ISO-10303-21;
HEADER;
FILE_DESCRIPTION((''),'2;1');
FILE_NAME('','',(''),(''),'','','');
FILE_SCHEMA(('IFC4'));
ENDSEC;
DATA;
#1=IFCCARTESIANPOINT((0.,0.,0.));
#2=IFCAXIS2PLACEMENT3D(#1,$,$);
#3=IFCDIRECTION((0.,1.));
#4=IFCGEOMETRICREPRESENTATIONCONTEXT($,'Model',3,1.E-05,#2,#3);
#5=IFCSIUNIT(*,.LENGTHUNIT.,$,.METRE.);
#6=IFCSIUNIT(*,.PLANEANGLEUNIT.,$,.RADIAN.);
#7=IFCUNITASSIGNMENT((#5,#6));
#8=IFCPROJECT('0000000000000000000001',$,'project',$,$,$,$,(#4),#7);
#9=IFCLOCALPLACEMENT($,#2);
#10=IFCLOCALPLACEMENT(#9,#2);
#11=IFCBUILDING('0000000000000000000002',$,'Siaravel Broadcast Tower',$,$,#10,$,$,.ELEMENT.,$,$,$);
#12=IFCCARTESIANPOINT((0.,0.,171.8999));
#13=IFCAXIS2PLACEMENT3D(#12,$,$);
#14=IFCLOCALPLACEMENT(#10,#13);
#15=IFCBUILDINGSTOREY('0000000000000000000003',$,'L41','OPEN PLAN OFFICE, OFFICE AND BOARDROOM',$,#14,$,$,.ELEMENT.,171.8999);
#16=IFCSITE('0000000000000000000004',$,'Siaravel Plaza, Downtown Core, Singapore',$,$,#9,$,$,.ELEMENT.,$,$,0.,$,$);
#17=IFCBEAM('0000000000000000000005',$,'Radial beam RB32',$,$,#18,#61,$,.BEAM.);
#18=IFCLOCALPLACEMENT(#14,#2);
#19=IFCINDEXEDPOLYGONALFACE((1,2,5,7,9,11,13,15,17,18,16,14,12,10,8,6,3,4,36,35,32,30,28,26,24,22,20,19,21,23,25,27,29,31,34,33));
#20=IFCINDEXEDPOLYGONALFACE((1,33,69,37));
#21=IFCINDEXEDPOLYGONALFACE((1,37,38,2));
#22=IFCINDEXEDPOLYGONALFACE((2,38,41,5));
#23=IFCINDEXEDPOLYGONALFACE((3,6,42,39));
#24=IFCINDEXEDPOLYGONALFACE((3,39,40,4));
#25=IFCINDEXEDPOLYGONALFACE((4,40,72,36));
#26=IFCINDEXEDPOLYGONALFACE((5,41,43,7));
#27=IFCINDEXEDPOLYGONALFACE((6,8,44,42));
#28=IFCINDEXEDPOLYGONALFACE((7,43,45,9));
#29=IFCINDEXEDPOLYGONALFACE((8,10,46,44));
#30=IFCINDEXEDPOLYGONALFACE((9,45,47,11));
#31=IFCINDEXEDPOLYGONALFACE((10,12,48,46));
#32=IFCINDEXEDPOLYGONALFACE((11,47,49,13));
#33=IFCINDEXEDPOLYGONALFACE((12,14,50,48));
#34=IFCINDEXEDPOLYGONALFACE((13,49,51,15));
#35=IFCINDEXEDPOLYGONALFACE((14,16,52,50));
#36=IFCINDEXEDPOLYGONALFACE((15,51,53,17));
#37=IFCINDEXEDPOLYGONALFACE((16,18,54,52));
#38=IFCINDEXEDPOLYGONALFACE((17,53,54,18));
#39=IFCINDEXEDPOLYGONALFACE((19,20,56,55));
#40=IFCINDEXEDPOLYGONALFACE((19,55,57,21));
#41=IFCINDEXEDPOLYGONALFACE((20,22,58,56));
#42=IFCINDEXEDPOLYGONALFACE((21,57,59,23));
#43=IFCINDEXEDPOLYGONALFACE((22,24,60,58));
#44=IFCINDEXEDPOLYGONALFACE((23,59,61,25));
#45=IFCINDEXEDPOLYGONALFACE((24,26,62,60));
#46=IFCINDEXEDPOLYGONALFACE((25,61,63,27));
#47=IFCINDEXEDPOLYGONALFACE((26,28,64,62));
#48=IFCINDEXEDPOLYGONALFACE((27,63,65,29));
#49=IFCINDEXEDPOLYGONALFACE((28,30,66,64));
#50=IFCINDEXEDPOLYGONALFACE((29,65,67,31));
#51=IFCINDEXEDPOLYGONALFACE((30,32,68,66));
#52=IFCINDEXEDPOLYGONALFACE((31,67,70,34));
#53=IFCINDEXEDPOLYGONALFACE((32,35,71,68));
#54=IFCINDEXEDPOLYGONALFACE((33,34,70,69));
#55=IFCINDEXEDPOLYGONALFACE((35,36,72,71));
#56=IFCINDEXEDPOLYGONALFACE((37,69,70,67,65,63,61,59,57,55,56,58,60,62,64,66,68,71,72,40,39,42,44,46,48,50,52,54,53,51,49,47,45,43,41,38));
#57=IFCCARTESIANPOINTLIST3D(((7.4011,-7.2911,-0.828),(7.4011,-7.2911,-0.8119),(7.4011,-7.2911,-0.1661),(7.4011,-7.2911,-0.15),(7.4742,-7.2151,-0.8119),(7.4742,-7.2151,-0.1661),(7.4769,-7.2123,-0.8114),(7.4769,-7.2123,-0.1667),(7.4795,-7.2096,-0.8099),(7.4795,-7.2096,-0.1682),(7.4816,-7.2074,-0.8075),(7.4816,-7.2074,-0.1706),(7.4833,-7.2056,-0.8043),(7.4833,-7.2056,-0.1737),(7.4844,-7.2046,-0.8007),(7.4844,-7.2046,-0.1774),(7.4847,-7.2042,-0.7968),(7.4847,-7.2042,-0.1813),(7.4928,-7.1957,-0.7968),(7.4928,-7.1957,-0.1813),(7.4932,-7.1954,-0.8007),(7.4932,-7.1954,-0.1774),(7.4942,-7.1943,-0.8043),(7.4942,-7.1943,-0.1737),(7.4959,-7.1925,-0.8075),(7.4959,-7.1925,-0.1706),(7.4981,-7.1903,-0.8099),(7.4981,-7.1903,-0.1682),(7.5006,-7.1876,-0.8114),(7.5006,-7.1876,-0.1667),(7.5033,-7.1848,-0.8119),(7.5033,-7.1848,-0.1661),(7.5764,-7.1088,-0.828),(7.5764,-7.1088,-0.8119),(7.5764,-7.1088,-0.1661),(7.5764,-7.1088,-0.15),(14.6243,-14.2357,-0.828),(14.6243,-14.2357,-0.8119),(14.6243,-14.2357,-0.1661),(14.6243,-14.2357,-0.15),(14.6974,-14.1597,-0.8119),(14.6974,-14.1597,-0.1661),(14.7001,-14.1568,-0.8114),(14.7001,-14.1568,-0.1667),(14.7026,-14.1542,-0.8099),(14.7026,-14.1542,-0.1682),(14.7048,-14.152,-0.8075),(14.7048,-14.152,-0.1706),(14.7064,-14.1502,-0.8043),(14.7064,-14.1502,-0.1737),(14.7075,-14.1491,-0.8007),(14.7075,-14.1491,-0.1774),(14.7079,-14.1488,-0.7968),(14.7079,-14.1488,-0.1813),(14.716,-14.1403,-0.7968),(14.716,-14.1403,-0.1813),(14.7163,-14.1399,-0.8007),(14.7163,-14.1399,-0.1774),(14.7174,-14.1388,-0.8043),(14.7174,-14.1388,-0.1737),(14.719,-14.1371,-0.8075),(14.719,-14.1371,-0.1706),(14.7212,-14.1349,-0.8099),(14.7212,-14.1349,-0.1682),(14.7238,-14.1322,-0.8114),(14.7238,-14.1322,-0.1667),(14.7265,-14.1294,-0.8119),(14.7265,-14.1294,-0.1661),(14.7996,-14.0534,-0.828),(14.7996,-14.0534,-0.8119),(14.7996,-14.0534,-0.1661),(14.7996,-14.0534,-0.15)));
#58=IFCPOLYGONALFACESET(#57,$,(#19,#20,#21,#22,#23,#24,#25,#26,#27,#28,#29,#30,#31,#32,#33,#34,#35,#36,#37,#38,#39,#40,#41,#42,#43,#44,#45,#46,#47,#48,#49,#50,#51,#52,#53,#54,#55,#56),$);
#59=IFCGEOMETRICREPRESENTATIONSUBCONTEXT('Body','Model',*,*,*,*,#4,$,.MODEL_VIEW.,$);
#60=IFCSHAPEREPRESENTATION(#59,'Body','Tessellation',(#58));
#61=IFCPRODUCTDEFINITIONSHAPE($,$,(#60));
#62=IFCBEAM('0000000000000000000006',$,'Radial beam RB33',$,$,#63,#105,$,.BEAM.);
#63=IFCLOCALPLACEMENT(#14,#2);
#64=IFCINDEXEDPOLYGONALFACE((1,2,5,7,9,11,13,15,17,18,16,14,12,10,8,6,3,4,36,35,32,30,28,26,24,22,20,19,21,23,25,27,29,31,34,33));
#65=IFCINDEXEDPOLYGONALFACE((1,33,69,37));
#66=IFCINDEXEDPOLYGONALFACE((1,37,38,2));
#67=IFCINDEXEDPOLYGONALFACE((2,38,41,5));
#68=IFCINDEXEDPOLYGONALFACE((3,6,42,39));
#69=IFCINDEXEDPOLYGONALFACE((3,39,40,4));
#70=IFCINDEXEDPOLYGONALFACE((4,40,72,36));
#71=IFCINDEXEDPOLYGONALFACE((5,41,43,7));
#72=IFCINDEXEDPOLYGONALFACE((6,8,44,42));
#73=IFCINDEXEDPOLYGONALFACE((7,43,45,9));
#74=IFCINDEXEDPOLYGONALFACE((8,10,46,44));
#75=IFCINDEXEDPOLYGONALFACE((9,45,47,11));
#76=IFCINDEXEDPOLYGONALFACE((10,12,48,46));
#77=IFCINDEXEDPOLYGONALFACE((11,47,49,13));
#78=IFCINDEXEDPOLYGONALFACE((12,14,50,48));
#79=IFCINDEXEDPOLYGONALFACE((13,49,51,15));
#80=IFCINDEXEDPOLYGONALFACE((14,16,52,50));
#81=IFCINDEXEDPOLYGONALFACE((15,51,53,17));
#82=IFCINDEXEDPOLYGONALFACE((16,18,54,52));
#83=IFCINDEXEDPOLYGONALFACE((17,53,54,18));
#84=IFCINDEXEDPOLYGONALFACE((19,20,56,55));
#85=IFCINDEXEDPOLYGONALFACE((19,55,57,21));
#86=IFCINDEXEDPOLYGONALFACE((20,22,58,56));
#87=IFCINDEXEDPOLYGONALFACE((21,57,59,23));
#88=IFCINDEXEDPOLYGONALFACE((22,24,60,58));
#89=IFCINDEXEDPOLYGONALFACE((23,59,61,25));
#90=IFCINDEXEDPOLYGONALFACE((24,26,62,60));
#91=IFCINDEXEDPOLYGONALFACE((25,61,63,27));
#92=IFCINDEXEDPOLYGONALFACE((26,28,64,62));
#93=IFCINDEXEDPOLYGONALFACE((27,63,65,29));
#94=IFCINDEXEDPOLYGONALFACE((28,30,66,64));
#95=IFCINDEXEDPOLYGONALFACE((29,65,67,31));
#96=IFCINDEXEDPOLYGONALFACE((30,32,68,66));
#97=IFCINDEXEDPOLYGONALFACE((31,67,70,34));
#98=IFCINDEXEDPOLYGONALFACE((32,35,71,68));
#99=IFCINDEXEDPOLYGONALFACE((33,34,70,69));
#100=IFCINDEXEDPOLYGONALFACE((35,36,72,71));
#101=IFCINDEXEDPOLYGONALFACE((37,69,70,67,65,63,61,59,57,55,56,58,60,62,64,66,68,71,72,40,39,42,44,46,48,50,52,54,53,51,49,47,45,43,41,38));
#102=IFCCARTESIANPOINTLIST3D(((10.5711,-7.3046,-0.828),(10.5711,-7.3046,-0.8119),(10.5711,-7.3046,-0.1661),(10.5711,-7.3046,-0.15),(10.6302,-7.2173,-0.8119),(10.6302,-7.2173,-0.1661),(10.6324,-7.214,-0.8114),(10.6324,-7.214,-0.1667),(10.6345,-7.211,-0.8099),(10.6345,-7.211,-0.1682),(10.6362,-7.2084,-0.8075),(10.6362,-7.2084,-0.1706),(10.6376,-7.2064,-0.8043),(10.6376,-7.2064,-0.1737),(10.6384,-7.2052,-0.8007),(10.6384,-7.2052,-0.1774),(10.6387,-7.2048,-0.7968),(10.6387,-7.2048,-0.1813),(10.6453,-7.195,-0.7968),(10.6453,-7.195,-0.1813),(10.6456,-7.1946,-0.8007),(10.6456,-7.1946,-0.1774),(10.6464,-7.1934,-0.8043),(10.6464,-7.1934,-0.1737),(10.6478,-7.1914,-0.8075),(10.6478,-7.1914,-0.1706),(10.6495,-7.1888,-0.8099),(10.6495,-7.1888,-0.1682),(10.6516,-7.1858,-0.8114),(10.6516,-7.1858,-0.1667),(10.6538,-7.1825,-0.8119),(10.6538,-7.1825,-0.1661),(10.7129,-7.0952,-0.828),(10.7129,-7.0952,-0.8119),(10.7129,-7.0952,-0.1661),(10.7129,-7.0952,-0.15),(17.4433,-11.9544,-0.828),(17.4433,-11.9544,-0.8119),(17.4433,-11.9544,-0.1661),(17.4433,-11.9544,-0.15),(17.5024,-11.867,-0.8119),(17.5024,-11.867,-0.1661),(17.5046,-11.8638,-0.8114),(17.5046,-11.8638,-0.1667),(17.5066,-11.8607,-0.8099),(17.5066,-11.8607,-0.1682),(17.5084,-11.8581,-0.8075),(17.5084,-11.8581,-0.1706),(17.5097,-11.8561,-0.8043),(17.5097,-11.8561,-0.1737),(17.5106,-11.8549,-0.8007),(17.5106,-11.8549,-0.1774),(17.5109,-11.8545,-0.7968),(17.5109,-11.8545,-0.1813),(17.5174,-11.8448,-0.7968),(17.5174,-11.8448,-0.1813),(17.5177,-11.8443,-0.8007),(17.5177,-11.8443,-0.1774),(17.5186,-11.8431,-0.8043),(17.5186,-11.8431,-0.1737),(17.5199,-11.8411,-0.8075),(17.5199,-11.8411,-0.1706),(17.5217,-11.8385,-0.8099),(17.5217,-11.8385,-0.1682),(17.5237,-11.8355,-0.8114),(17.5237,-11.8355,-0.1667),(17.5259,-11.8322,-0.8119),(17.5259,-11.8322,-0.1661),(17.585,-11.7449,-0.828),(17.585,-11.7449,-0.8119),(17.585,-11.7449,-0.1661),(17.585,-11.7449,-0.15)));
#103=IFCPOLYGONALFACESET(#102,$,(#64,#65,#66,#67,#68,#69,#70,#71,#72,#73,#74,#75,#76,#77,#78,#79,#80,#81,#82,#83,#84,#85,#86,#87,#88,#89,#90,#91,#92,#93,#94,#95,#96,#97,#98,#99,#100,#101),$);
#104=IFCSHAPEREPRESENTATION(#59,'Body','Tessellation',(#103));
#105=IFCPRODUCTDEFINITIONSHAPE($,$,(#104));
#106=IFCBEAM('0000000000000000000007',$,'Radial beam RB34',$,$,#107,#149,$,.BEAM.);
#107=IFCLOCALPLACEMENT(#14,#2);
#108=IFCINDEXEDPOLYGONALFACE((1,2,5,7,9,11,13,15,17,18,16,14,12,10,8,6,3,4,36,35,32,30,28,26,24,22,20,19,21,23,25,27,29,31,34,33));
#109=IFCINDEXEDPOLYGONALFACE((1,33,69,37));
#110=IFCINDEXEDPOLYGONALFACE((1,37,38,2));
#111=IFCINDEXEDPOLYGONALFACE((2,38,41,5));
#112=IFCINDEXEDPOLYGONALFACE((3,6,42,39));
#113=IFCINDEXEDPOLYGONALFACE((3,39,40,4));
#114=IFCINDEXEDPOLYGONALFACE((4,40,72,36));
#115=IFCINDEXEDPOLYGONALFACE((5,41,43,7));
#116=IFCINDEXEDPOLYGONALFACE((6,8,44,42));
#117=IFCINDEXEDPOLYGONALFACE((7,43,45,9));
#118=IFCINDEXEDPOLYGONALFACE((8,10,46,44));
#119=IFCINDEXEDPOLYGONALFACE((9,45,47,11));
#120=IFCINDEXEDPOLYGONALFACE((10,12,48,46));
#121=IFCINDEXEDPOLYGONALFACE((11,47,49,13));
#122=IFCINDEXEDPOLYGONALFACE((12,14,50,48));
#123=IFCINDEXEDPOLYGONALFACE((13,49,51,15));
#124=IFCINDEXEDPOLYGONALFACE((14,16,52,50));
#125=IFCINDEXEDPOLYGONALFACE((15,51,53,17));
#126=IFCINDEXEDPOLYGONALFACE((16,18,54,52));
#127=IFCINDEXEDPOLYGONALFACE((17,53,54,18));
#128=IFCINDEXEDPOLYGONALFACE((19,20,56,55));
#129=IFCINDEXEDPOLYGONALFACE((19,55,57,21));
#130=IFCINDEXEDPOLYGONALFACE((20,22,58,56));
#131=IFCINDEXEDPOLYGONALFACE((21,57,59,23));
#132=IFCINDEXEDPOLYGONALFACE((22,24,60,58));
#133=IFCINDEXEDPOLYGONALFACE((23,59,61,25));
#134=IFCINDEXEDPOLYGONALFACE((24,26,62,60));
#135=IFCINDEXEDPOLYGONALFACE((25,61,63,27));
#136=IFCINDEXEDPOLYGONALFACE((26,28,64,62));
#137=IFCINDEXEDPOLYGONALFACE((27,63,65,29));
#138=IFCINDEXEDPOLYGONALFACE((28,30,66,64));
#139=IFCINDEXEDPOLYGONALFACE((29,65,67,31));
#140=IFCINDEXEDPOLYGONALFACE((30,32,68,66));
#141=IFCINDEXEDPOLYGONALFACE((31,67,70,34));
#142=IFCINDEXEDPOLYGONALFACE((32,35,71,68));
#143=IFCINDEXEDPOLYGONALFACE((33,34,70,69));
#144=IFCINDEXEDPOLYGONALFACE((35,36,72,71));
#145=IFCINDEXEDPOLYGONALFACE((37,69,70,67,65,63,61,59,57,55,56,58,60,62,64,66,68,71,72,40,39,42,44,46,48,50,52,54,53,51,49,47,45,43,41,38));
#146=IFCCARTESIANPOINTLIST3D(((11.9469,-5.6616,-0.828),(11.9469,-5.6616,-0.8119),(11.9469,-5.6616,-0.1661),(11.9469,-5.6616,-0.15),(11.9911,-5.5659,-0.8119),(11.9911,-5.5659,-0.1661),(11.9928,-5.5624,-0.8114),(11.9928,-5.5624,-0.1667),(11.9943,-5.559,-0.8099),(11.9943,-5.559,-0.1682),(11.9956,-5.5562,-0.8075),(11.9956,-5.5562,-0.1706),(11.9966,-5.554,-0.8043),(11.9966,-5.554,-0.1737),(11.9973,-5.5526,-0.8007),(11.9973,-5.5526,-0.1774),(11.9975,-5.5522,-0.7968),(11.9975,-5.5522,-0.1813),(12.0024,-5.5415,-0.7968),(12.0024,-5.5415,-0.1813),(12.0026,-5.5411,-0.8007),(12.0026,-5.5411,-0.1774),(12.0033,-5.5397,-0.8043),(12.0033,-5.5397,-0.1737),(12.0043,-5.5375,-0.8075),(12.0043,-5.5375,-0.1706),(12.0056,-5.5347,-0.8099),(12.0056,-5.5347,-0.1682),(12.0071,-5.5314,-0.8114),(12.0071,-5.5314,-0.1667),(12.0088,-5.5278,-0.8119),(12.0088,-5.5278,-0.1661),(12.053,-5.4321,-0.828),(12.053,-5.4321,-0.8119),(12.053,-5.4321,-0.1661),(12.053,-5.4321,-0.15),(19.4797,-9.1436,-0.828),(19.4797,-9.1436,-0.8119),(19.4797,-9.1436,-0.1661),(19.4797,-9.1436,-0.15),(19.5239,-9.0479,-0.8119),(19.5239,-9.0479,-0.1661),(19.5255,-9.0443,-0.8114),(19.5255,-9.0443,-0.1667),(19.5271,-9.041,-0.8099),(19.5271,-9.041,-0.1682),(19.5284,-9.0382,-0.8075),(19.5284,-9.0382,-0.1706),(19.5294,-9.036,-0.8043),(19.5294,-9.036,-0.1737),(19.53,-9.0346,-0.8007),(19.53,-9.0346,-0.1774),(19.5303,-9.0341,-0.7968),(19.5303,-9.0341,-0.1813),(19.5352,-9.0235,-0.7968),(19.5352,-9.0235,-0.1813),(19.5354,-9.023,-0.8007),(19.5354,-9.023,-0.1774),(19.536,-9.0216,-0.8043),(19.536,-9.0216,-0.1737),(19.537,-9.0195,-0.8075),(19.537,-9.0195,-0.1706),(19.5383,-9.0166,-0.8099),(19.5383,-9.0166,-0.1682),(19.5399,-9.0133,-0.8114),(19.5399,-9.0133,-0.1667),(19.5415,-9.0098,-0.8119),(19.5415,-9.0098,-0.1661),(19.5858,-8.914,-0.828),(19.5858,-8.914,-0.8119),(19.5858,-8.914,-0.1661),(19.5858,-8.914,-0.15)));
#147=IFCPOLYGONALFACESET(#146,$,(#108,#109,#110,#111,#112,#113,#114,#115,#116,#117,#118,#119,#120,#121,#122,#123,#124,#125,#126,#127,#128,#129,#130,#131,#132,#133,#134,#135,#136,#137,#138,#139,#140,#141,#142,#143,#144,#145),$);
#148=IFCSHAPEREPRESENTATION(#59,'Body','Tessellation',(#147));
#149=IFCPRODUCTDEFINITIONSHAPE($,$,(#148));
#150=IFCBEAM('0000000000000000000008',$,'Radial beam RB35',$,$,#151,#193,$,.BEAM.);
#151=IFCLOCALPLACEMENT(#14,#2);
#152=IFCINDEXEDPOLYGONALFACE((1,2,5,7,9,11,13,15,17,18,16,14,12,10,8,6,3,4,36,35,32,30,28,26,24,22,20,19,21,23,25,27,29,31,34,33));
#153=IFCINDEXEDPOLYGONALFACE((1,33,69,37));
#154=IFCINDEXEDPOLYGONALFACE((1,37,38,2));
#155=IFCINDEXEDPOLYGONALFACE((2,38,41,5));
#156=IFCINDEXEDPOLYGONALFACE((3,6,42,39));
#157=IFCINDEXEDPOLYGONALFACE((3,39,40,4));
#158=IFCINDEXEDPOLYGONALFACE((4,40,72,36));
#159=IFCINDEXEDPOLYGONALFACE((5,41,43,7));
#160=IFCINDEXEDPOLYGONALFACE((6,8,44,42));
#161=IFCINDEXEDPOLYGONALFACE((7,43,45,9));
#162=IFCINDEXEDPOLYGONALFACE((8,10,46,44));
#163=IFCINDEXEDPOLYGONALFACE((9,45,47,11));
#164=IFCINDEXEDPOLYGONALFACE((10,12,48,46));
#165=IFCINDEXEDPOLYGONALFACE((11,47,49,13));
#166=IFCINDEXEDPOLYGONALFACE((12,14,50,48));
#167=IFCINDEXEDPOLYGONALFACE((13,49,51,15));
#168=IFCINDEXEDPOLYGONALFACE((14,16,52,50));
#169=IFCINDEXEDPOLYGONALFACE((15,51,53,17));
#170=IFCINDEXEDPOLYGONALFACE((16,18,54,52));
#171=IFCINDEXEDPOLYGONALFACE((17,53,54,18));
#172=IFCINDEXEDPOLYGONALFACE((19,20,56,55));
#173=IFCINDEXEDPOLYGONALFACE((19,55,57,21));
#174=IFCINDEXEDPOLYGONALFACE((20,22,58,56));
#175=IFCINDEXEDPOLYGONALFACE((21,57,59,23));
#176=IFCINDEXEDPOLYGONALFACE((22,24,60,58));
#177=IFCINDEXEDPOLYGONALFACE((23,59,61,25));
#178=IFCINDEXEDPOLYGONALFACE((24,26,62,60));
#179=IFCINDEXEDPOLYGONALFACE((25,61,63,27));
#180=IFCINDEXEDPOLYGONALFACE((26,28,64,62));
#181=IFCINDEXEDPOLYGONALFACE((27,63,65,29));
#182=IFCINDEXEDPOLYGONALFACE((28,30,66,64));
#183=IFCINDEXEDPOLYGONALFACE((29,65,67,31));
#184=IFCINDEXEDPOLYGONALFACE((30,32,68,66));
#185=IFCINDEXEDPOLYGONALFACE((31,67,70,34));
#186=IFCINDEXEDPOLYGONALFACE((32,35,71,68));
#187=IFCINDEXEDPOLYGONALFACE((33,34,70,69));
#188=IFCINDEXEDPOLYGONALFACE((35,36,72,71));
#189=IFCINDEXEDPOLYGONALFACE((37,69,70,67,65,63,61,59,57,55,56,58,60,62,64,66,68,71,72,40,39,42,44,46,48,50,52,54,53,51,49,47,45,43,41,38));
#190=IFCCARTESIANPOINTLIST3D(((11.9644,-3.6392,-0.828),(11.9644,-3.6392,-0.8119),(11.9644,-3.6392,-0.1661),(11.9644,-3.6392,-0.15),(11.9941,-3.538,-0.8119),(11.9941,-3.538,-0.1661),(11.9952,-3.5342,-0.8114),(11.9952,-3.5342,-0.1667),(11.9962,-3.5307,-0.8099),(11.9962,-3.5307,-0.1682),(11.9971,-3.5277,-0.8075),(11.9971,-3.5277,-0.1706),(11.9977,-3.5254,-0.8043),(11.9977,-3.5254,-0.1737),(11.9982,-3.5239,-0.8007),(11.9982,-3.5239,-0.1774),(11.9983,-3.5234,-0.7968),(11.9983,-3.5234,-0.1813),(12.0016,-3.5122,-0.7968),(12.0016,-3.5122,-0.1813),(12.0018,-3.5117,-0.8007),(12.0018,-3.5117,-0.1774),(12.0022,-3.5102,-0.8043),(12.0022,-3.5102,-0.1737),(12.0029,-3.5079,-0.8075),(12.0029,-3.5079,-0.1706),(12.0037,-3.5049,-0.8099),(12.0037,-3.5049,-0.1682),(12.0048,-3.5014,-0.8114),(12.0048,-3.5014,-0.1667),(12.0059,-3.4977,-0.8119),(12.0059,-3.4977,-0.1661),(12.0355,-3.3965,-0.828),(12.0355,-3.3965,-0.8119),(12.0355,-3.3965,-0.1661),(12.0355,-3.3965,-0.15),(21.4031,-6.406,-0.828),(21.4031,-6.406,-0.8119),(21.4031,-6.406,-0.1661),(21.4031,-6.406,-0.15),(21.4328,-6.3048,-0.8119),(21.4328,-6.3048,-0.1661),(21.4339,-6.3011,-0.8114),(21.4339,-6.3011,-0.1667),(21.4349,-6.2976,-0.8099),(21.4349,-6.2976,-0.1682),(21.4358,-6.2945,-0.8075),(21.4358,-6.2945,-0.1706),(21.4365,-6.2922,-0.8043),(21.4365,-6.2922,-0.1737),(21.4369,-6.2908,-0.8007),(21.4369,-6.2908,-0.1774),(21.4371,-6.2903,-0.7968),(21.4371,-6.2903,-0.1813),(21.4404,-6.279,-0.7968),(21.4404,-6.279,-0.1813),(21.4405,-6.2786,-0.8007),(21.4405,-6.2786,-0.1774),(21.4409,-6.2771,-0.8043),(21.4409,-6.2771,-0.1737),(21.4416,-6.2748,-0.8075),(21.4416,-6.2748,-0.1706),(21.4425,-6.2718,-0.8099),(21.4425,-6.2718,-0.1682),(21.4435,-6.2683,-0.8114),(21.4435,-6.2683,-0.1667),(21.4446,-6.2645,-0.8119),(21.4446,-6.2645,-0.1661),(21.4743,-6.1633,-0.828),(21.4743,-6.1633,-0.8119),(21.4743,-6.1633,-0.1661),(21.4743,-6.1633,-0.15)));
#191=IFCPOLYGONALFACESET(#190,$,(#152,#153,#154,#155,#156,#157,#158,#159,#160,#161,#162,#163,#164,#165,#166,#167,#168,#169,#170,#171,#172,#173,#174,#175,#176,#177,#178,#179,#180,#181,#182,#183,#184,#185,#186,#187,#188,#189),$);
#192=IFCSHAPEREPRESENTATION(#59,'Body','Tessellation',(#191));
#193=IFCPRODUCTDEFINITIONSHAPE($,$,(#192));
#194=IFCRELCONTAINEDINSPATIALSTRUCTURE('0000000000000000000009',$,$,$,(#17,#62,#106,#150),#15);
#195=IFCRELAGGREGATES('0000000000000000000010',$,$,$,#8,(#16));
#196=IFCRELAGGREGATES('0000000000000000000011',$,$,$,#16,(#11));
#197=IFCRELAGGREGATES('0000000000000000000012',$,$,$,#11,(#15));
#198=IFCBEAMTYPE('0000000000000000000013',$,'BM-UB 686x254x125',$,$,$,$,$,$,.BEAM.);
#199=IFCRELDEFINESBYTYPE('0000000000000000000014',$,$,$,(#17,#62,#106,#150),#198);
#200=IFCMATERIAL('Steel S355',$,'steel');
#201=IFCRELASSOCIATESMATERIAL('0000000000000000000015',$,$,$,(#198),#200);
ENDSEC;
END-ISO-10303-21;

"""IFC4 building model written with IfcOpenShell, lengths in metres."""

from ifc_helpers import new_model, si_unit, direction, frame, origin, origin_2d, place, context, subcontext, project, spatial, i_section, extrude, material, material_profile, profile_set, type_object, element, save


model = new_model("IFC4")

# Units and contexts
model_context = context("Model", 3, precision=1e-05, world=origin(), true_north=direction((0.0, 1.0)))
body_context = subcontext(model_context, "Body", "Model", "MODEL_VIEW")
ifc_project = project(units=[si_unit("LENGTHUNIT", "METRE"), si_unit("PLANEANGLEUNIT", "RADIAN")], contexts=[model_context])

# Site, building, storey
site_placement = place(None, origin())
site = spatial("IfcSite", under=ifc_project, at=site_placement, Name="Siaravel Plaza, Downtown Core, Singapore", CompositionType="ELEMENT", RefElevation=0.0)
building_placement = place(site_placement, origin())
building = spatial("IfcBuilding", under=site, at=building_placement, Name="Siaravel Broadcast Tower", CompositionType="ELEMENT")
storey_placement = place(building_placement, frame((0.0, 0.0, 171.8999)))
storey = spatial("IfcBuildingStorey", under=building, at=storey_placement, Name="L41", Description="OPEN PLAN OFFICE, OFFICE AND BOARDROOM", CompositionType="ELEMENT", Elevation=171.8999)

# Beams
ifc_material_1 = material(Name="Steel S355", Category="steel")
ifc_material_profile_1 = material_profile(ifc_material_1, i_section(OverallWidth=0.2529, OverallDepth=0.678, WebThickness=0.0117, FlangeThickness=0.0161, FilletRadius=0.0151, at=origin_2d()))
ifc_profile_set_1 = profile_set([ifc_material_profile_1], Name="Steel S355")
beam_type = type_object("IfcBeamType", Name="BM-UB 686x254x125", PredefinedType="BEAM", material=ifc_profile_set_1)
beam_1_placement = place(storey_placement, frame((14.7119, -14.1445, -0.489), z_axis=(-0.720871, 0.69307, 0.0), x_axis=(-0.69307, -0.720871, 0.0)))
element("IfcBeam", 1, at=beam_1_placement, inside=storey, type_object=beam_type, Name="Radial beam RB32", PredefinedType="BEAM", context=body_context, shape_type="SweptSolid", body=[
    extrude(i_section(OverallWidth=0.2529, OverallDepth=0.678, WebThickness=0.0117, FlangeThickness=0.0161, FilletRadius=0.0151, at=origin_2d()), origin(), (0.0, 0.0, 1.0), 10.02),
])
beam_2_placement = place(storey_placement, frame((17.5142, -11.8496, -0.489), z_axis=(-0.828233, 0.560384, 0.0), x_axis=(-0.560384, -0.828233, 0.0)))
element("IfcBeam", 2, at=beam_2_placement, inside=storey, type_object=beam_type, Name="Radial beam RB33", PredefinedType="BEAM", context=body_context, shape_type="SweptSolid", body=[
    extrude(i_section(OverallWidth=0.2529, OverallDepth=0.678, WebThickness=0.0117, FlangeThickness=0.0161, FilletRadius=0.0151, at=origin_2d()), origin(), (0.0, 0.0, 1.0), 8.2974),
])
beam_3_placement = place(storey_placement, frame((19.5327, -9.0288, -0.489), z_axis=(-0.907716, 0.419584, 0.0), x_axis=(-0.419584, -0.907716, 0.0)))
element("IfcBeam", 3, at=beam_3_placement, inside=storey, type_object=beam_type, Name="Radial beam RB34", PredefinedType="BEAM", context=body_context, shape_type="SweptSolid", body=[
    extrude(i_section(OverallWidth=0.2529, OverallDepth=0.678, WebThickness=0.0117, FlangeThickness=0.0161, FilletRadius=0.0151, at=origin_2d()), origin(), (0.0, 0.0, 1.0), 8.2986),
])
beam_4_placement = place(storey_placement, frame((21.4387, -6.2847, -0.489), z_axis=(-0.95962, 0.281301, 0.0), x_axis=(-0.281301, -0.95962, 0.0)))
element("IfcBeam", 4, at=beam_4_placement, inside=storey, type_object=beam_type, Name="Radial beam RB35", PredefinedType="BEAM", context=body_context, shape_type="SweptSolid", body=[
    extrude(i_section(OverallWidth=0.2529, OverallDepth=0.678, WebThickness=0.0117, FlangeThickness=0.0161, FilletRadius=0.0151, at=origin_2d()), origin(), (0.0, 0.0, 1.0), 9.8359),
])

save(model, "model.ifc")
